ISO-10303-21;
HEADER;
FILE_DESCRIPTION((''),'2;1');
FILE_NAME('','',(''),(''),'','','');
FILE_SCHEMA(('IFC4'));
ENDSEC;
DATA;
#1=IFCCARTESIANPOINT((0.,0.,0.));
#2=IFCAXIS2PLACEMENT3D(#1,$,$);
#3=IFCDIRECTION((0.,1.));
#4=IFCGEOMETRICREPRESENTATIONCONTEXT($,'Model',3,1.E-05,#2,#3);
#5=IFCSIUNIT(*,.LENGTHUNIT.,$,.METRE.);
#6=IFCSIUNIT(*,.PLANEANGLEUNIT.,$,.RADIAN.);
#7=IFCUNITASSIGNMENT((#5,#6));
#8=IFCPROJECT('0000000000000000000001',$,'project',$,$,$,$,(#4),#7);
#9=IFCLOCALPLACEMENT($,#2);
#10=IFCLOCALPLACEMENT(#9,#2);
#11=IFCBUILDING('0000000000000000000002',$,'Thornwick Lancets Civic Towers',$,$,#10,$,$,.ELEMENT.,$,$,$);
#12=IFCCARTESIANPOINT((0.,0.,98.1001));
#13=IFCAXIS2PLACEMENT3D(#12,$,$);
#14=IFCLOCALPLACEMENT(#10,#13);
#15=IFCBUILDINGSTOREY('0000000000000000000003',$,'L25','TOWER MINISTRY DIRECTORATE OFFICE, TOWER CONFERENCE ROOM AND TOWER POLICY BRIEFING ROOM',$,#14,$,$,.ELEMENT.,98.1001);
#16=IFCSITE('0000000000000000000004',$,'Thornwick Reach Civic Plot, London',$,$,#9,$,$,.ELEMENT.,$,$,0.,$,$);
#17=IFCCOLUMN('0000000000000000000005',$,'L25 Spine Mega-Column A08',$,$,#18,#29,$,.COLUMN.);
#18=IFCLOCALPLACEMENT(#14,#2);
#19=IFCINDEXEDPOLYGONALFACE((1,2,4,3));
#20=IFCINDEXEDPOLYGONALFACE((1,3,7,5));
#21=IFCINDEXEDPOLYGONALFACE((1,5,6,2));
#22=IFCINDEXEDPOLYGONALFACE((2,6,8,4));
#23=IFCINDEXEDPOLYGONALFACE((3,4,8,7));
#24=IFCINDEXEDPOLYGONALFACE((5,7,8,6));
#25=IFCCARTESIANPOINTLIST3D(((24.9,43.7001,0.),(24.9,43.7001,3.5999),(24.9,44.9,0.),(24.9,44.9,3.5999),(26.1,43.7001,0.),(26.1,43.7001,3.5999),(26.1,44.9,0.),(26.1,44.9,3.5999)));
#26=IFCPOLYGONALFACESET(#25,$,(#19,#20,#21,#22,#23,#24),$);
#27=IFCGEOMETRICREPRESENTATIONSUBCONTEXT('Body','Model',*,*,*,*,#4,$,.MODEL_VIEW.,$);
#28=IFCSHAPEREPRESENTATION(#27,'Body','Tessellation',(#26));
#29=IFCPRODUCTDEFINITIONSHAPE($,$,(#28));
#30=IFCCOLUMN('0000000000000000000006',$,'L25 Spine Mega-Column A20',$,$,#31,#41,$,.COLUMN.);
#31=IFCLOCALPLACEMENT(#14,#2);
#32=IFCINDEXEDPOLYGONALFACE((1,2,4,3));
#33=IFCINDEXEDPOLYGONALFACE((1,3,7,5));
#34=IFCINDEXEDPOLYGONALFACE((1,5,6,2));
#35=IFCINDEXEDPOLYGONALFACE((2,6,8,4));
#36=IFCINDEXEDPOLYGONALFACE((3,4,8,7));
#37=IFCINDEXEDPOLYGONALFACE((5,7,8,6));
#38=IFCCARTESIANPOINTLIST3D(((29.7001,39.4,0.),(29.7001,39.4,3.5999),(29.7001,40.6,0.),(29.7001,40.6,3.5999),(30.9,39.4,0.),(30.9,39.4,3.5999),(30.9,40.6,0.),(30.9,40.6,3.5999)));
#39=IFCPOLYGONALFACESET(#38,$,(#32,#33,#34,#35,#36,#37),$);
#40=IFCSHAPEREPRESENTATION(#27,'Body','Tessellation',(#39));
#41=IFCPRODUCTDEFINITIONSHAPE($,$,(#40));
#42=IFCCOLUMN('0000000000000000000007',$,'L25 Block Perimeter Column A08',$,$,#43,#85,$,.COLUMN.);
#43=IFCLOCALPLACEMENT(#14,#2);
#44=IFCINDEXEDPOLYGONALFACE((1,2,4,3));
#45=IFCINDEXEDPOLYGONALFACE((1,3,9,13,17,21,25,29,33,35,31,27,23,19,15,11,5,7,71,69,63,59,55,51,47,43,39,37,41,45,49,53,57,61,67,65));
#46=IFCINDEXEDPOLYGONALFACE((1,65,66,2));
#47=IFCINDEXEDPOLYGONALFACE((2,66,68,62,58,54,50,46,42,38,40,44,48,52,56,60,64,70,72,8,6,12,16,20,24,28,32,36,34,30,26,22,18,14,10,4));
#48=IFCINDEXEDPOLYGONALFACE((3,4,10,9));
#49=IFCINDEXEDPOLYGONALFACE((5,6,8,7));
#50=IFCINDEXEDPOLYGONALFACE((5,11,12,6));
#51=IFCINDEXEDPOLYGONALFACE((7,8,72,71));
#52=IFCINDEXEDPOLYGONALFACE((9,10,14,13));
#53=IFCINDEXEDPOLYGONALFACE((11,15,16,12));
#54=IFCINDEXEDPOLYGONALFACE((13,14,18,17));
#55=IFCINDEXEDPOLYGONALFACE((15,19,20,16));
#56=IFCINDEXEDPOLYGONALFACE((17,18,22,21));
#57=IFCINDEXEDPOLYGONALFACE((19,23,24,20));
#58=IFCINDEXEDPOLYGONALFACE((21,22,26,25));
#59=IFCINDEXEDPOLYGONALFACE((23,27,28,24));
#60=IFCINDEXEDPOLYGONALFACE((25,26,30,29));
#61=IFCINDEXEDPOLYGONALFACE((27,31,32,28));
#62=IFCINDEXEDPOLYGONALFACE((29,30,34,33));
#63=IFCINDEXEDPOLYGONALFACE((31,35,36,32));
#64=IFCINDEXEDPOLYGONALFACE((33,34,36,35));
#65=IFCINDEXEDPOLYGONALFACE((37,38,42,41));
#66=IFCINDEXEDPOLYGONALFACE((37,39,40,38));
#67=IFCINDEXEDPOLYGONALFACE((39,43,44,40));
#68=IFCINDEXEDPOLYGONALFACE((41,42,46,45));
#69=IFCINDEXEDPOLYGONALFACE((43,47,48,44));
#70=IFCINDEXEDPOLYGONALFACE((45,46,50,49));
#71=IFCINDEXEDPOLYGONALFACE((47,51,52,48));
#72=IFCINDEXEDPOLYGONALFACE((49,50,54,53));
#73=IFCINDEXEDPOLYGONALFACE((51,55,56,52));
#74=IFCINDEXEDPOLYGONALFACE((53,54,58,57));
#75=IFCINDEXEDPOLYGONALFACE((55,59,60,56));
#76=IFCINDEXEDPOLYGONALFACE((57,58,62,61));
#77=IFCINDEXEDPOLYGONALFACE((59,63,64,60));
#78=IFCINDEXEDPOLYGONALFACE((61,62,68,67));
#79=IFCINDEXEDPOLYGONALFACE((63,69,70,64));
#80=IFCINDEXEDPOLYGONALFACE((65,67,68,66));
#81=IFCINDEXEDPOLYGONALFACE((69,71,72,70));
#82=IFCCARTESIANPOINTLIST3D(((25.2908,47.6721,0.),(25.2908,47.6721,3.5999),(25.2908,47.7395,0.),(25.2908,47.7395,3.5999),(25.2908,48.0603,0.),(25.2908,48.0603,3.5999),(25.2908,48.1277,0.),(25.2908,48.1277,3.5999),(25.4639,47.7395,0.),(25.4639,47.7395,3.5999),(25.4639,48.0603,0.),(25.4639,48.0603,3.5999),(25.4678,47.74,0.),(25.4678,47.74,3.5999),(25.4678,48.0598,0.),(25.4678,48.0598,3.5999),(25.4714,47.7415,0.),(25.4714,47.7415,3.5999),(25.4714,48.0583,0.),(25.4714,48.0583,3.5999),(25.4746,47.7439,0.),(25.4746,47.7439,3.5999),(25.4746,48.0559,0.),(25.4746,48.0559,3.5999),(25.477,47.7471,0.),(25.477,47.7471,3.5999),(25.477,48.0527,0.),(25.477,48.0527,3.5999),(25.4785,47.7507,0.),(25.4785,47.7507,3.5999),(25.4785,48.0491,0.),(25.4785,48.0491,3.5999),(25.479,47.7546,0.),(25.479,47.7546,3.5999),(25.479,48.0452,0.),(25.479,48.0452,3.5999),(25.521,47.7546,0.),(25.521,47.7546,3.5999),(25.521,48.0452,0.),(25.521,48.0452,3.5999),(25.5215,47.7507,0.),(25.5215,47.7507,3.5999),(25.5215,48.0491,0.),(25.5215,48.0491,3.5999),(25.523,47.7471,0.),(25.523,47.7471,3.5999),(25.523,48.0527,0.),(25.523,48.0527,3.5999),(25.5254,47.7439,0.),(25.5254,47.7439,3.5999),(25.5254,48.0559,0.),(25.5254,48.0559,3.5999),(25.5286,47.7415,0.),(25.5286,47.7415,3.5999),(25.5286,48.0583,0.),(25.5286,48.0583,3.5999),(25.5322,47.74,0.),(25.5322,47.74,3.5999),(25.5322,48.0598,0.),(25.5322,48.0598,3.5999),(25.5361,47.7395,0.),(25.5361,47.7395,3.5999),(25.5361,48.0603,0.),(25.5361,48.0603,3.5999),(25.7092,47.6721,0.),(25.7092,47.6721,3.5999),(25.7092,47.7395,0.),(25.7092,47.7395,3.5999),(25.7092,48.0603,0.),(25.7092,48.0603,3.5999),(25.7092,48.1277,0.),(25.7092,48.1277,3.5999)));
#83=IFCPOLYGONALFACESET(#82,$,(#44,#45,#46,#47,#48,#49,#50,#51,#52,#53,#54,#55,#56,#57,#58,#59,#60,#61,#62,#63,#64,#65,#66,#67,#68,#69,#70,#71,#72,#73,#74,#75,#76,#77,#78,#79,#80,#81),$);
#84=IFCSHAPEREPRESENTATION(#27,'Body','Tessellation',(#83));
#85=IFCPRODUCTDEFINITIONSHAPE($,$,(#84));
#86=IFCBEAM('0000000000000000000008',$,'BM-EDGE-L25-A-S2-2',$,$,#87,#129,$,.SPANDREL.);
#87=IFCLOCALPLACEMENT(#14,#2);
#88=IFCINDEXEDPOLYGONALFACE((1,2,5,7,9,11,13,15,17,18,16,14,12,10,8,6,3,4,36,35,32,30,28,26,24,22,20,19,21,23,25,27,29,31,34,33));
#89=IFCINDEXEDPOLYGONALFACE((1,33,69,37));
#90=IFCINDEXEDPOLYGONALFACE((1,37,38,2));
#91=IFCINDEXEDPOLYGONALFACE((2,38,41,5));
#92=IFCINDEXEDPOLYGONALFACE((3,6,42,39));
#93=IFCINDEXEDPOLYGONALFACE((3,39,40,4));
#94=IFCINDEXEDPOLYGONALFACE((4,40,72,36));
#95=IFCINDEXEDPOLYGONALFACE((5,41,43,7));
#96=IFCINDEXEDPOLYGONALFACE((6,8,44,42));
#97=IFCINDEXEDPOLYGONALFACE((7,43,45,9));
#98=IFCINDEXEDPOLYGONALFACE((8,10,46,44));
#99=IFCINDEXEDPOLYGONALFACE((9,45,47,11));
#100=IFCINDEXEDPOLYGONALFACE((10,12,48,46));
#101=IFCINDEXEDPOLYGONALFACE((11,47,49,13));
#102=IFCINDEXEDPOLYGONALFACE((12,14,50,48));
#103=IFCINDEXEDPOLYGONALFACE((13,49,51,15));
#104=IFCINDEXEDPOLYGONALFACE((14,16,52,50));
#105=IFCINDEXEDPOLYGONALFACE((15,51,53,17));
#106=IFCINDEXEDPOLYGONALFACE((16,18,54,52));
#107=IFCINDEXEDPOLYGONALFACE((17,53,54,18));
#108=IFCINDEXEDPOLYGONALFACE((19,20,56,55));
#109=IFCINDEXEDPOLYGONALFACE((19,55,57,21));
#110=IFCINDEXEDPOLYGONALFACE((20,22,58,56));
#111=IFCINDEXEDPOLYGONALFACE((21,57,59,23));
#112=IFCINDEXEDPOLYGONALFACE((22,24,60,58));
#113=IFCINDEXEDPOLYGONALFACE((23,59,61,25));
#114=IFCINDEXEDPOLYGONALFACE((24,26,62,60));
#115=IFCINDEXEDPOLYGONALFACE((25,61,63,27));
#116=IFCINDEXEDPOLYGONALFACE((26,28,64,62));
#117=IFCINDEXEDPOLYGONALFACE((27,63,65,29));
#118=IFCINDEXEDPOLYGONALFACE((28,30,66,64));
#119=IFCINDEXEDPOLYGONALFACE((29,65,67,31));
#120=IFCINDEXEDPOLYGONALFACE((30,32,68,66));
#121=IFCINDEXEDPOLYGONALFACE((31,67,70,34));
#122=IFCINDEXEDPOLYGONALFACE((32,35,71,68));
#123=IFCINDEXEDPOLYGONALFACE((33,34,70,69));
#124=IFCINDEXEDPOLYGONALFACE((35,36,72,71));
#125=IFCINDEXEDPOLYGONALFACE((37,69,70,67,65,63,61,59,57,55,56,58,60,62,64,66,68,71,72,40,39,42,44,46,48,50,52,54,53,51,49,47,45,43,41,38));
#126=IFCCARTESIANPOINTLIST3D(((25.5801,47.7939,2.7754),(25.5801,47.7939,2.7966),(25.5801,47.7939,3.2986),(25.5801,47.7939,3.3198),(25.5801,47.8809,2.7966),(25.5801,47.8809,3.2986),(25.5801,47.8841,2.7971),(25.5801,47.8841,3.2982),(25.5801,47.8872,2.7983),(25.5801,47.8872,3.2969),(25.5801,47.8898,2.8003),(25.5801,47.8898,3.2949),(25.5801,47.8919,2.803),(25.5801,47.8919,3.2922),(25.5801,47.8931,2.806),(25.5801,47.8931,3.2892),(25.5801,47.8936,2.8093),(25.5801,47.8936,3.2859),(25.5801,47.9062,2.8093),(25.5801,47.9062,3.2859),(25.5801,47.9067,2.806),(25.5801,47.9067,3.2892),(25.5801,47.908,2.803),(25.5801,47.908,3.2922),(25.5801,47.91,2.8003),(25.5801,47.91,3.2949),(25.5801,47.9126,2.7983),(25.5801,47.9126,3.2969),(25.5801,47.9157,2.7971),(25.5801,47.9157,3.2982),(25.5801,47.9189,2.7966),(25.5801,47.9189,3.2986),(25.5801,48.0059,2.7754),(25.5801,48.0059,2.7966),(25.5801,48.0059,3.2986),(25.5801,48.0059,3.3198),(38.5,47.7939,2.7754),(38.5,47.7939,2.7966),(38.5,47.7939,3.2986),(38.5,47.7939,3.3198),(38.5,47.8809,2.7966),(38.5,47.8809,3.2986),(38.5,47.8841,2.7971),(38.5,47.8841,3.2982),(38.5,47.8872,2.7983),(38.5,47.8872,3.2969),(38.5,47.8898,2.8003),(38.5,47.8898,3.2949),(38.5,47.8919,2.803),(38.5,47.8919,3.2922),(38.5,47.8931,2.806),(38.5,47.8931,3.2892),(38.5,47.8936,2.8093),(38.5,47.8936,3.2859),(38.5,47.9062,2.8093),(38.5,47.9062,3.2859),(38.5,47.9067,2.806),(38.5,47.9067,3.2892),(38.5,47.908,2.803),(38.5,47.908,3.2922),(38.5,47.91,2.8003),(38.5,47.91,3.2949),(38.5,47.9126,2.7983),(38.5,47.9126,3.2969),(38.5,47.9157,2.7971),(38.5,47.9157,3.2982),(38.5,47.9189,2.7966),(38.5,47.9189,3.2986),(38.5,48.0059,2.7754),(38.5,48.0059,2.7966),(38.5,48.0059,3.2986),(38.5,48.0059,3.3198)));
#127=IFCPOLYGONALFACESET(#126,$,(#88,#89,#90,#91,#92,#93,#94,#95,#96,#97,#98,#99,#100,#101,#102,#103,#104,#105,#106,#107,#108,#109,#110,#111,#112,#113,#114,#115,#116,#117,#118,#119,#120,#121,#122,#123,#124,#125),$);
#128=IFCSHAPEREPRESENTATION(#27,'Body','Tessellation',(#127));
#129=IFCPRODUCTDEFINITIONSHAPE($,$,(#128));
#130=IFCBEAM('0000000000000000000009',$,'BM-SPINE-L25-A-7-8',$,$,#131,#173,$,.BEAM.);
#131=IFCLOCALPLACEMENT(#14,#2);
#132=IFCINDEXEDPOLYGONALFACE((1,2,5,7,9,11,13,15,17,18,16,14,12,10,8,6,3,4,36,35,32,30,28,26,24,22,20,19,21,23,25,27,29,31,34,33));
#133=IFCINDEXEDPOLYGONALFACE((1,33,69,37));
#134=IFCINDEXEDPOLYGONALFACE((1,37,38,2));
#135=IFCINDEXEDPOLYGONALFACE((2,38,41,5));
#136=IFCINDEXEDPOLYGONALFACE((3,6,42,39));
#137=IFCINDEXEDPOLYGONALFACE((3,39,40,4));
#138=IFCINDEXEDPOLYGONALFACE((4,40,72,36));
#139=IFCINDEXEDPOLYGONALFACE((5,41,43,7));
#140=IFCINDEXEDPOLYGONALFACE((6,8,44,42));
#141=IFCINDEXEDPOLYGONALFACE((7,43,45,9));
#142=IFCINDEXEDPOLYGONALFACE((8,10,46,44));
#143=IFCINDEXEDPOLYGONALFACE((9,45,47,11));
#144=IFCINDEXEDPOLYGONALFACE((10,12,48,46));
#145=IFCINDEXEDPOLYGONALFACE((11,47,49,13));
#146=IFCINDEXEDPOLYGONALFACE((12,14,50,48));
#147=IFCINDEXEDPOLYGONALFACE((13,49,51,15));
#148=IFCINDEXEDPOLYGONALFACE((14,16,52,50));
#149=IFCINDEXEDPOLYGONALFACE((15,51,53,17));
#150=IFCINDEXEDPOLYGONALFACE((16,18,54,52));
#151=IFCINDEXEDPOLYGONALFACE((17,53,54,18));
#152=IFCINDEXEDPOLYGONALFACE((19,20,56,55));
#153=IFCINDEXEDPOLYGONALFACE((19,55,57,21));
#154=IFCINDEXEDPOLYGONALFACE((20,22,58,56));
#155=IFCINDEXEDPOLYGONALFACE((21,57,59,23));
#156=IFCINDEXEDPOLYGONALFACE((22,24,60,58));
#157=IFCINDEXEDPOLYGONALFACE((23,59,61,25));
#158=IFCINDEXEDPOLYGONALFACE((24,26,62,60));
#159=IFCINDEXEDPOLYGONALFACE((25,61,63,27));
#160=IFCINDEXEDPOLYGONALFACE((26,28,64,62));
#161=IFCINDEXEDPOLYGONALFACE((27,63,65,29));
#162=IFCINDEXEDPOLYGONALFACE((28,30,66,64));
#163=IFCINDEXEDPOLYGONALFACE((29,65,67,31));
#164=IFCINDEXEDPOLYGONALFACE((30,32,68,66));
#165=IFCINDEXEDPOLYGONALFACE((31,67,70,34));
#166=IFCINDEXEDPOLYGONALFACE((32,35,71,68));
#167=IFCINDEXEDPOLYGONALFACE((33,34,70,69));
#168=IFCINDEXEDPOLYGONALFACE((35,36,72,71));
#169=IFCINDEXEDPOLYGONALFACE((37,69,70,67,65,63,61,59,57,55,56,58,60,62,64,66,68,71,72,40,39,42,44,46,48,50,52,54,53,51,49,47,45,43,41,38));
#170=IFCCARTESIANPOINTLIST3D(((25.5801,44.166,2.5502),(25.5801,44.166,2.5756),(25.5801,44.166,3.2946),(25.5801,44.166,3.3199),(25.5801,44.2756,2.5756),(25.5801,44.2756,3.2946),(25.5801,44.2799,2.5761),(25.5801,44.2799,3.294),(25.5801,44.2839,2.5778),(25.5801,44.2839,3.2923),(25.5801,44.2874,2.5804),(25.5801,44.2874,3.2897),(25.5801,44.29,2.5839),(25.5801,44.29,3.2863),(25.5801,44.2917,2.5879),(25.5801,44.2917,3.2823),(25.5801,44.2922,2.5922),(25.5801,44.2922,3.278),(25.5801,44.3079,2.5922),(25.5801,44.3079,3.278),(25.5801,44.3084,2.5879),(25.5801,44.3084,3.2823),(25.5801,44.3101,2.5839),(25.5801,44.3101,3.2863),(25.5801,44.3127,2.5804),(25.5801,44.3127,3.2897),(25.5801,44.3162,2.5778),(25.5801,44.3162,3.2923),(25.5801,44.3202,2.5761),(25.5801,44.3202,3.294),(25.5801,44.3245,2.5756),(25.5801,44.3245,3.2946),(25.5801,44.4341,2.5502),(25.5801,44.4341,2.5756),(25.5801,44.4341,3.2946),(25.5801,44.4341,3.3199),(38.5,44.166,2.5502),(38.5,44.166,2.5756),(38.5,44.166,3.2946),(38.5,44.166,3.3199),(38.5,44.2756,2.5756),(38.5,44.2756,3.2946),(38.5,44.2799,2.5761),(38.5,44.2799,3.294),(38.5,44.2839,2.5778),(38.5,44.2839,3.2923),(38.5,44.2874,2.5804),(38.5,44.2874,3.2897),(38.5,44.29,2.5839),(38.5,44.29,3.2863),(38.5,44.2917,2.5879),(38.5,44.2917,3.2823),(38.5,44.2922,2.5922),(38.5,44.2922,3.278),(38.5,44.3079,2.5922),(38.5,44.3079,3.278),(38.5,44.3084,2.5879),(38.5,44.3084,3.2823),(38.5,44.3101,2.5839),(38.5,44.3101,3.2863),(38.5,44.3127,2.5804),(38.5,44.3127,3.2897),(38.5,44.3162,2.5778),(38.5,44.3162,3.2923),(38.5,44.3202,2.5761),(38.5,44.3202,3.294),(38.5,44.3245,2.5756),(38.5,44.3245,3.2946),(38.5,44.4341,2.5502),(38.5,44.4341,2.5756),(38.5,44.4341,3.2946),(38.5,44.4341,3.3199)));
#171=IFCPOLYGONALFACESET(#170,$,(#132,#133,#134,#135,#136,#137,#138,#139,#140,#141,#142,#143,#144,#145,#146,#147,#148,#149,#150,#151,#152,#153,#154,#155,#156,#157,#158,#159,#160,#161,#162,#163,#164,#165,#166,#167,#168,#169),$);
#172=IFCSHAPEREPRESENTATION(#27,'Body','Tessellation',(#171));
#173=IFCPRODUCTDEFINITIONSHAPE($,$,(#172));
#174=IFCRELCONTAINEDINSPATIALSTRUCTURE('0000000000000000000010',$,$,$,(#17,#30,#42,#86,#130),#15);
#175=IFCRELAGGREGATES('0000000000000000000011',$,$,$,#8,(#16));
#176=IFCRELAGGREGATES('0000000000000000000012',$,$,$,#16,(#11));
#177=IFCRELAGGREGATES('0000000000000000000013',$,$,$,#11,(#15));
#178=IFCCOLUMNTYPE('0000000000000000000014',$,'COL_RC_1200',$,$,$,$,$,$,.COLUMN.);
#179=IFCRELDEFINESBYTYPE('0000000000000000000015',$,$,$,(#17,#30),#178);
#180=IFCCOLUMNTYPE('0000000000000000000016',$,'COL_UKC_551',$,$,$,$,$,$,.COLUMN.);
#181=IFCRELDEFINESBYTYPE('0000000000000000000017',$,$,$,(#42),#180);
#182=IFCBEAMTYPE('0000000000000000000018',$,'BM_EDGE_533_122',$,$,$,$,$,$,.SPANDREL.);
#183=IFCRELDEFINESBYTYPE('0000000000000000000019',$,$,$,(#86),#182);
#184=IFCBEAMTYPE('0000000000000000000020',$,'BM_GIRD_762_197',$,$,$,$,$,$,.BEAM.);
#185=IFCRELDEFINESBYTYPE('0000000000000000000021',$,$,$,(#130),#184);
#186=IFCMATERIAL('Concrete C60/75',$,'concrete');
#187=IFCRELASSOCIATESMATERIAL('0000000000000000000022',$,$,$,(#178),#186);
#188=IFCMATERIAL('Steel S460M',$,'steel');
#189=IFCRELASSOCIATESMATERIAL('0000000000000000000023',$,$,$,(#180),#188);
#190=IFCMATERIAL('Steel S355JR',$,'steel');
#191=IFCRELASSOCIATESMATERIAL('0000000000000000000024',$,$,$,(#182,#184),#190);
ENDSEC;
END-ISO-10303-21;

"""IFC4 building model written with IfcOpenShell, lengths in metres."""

from ifc_helpers import new_model, si_unit, direction, frame, origin, origin_2d, place, context, subcontext, project, spatial, rectangle, i_section, extrude, material, material_profile, profile_set, type_object, element, save


model = new_model("IFC4")

# Units and contexts
model_context = context("Model", 3, precision=1e-05, world=origin(), true_north=direction((0.0, 1.0)))
body_context = subcontext(model_context, "Body", "Model", "MODEL_VIEW")
ifc_project = project(units=[si_unit("LENGTHUNIT", "METRE"), si_unit("PLANEANGLEUNIT", "RADIAN")], contexts=[model_context])

# Site, building, storey
site_placement = place(None, origin())
site = spatial("IfcSite", under=ifc_project, at=site_placement, Name="Thornwick Reach Civic Plot, London", CompositionType="ELEMENT", RefElevation=0.0)
building_placement = place(site_placement, origin())
building = spatial("IfcBuilding", under=site, at=building_placement, Name="Thornwick Lancets Civic Towers", CompositionType="ELEMENT")
storey_placement = place(building_placement, frame((0.0, 0.0, 98.1001)))
storey = spatial("IfcBuildingStorey", under=building, at=storey_placement, Name="L25", Description="TOWER MINISTRY DIRECTORATE OFFICE, TOWER CONFERENCE ROOM AND TOWER POLICY BRIEFING ROOM", CompositionType="ELEMENT", Elevation=98.1001)

# Columns
ifc_material_1 = material(Name="Concrete C60/75", Category="concrete")
ifc_material_profile_1 = material_profile(ifc_material_1, rectangle(XDim=1.2, YDim=1.2, at=origin_2d()), Name="RC 1200x1200")
ifc_profile_set_1 = profile_set([ifc_material_profile_1], Name="Concrete C60/75")
column_type_1 = type_object("IfcColumnType", Name="COL_RC_1200", PredefinedType="COLUMN", material=ifc_profile_set_1)
for number, where, z_axis, x_axis, name in (
    (1, (25.5, 44.3, 0.0), (0.0, 0.0, 1.0), (1.0, 0.0, 0.0), "L25 Spine Mega-Column A08"),
    (2, (30.3, 40.0, 0.0), (0.0, 0.0, 1.0), (1.0, 0.0, 0.0), "L25 Spine Mega-Column A20"),
):
    element("IfcColumn", number, at=place(storey_placement, frame(where, z_axis=z_axis, x_axis=x_axis)), inside=storey, type_object=column_type_1, Name=name, PredefinedType="COLUMN", context=body_context, shape_type="SweptSolid", body=[
        extrude(rectangle(XDim=1.2, YDim=1.2, at=origin_2d()), origin(), (0.0, 0.0, 1.0), 3.5999),
    ])
ifc_material_2 = material(Name="Steel S460M", Category="steel")
ifc_material_profile_2 = material_profile(ifc_material_2, i_section(OverallWidth=0.4185, OverallDepth=0.4556, WebThickness=0.042, FlangeThickness=0.0674, FilletRadius=0.0151, at=origin_2d()), Name="UKC 356x406x551")
ifc_profile_set_2 = profile_set([ifc_material_profile_2], Name="Steel S460M")
column_type_2 = type_object("IfcColumnType", Name="COL_UKC_551", PredefinedType="COLUMN", material=ifc_profile_set_2)
column_placement = place(storey_placement, frame((25.5, 47.8999, 0.0), z_axis=(0.0, 0.0, 1.0), x_axis=(1.0, 0.0, 0.0)))
element("IfcColumn", 3, at=column_placement, inside=storey, type_object=column_type_2, Name="L25 Block Perimeter Column A08", PredefinedType="COLUMN", context=body_context, shape_type="SweptSolid", body=[
    extrude(i_section(OverallWidth=0.4185, OverallDepth=0.4556, WebThickness=0.042, FlangeThickness=0.0674, FilletRadius=0.0151, at=origin_2d()), origin(), (0.0, 0.0, 1.0), 3.5999),
])

# Beams
ifc_material_3 = material(Name="Steel S355JR", Category="steel")
ifc_material_profile_3 = material_profile(ifc_material_3, i_section(OverallWidth=0.2119, OverallDepth=0.5444, WebThickness=0.0127, FlangeThickness=0.0212, FilletRadius=0.0127, at=origin_2d()), Name="UKB 533x210x122")
ifc_profile_set_3 = profile_set([ifc_material_profile_3], Name="Steel S355JR")
beam_type_1 = type_object("IfcBeamType", Name="BM_EDGE_533_122", PredefinedType="SPANDREL", material=ifc_profile_set_3)
beam_1_placement = place(storey_placement, frame((25.5801, 47.8999, 3.0476), z_axis=(1.0, 0.0, 0.0), x_axis=(0.0, 1.0, 0.0)))
element("IfcBeam", 4, at=beam_1_placement, inside=storey, type_object=beam_type_1, Name="BM-EDGE-L25-A-S2-2", PredefinedType="SPANDREL", context=body_context, shape_type="SweptSolid", body=[
    extrude(i_section(OverallWidth=0.2119, OverallDepth=0.5444, WebThickness=0.0127, FlangeThickness=0.0212, FilletRadius=0.0127, at=origin_2d()), origin(), (0.0, 0.0, 1.0), 12.9199),
])
ifc_material_profile_4 = material_profile(ifc_material_3, i_section(OverallWidth=0.2681, OverallDepth=0.7698, WebThickness=0.0156, FlangeThickness=0.0254, FilletRadius=0.0166, at=origin_2d()), Name="UKB 762x267x197")
ifc_profile_set_4 = profile_set([ifc_material_profile_4], Name="Steel S355JR")
beam_type_2 = type_object("IfcBeamType", Name="BM_GIRD_762_197", PredefinedType="BEAM", material=ifc_profile_set_4)
beam_2_placement = place(storey_placement, frame((25.5801, 44.3, 2.9351), z_axis=(1.0, 0.0, 0.0), x_axis=(0.0, 1.0, 0.0)))
element("IfcBeam", 5, at=beam_2_placement, inside=storey, type_object=beam_type_2, Name="BM-SPINE-L25-A-7-8", PredefinedType="BEAM", context=body_context, shape_type="SweptSolid", body=[
    extrude(i_section(OverallWidth=0.2681, OverallDepth=0.7698, WebThickness=0.0156, FlangeThickness=0.0254, FilletRadius=0.0166, at=origin_2d()), origin(), (0.0, 0.0, 1.0), 12.9199),
])

save(model, "model.ifc")
